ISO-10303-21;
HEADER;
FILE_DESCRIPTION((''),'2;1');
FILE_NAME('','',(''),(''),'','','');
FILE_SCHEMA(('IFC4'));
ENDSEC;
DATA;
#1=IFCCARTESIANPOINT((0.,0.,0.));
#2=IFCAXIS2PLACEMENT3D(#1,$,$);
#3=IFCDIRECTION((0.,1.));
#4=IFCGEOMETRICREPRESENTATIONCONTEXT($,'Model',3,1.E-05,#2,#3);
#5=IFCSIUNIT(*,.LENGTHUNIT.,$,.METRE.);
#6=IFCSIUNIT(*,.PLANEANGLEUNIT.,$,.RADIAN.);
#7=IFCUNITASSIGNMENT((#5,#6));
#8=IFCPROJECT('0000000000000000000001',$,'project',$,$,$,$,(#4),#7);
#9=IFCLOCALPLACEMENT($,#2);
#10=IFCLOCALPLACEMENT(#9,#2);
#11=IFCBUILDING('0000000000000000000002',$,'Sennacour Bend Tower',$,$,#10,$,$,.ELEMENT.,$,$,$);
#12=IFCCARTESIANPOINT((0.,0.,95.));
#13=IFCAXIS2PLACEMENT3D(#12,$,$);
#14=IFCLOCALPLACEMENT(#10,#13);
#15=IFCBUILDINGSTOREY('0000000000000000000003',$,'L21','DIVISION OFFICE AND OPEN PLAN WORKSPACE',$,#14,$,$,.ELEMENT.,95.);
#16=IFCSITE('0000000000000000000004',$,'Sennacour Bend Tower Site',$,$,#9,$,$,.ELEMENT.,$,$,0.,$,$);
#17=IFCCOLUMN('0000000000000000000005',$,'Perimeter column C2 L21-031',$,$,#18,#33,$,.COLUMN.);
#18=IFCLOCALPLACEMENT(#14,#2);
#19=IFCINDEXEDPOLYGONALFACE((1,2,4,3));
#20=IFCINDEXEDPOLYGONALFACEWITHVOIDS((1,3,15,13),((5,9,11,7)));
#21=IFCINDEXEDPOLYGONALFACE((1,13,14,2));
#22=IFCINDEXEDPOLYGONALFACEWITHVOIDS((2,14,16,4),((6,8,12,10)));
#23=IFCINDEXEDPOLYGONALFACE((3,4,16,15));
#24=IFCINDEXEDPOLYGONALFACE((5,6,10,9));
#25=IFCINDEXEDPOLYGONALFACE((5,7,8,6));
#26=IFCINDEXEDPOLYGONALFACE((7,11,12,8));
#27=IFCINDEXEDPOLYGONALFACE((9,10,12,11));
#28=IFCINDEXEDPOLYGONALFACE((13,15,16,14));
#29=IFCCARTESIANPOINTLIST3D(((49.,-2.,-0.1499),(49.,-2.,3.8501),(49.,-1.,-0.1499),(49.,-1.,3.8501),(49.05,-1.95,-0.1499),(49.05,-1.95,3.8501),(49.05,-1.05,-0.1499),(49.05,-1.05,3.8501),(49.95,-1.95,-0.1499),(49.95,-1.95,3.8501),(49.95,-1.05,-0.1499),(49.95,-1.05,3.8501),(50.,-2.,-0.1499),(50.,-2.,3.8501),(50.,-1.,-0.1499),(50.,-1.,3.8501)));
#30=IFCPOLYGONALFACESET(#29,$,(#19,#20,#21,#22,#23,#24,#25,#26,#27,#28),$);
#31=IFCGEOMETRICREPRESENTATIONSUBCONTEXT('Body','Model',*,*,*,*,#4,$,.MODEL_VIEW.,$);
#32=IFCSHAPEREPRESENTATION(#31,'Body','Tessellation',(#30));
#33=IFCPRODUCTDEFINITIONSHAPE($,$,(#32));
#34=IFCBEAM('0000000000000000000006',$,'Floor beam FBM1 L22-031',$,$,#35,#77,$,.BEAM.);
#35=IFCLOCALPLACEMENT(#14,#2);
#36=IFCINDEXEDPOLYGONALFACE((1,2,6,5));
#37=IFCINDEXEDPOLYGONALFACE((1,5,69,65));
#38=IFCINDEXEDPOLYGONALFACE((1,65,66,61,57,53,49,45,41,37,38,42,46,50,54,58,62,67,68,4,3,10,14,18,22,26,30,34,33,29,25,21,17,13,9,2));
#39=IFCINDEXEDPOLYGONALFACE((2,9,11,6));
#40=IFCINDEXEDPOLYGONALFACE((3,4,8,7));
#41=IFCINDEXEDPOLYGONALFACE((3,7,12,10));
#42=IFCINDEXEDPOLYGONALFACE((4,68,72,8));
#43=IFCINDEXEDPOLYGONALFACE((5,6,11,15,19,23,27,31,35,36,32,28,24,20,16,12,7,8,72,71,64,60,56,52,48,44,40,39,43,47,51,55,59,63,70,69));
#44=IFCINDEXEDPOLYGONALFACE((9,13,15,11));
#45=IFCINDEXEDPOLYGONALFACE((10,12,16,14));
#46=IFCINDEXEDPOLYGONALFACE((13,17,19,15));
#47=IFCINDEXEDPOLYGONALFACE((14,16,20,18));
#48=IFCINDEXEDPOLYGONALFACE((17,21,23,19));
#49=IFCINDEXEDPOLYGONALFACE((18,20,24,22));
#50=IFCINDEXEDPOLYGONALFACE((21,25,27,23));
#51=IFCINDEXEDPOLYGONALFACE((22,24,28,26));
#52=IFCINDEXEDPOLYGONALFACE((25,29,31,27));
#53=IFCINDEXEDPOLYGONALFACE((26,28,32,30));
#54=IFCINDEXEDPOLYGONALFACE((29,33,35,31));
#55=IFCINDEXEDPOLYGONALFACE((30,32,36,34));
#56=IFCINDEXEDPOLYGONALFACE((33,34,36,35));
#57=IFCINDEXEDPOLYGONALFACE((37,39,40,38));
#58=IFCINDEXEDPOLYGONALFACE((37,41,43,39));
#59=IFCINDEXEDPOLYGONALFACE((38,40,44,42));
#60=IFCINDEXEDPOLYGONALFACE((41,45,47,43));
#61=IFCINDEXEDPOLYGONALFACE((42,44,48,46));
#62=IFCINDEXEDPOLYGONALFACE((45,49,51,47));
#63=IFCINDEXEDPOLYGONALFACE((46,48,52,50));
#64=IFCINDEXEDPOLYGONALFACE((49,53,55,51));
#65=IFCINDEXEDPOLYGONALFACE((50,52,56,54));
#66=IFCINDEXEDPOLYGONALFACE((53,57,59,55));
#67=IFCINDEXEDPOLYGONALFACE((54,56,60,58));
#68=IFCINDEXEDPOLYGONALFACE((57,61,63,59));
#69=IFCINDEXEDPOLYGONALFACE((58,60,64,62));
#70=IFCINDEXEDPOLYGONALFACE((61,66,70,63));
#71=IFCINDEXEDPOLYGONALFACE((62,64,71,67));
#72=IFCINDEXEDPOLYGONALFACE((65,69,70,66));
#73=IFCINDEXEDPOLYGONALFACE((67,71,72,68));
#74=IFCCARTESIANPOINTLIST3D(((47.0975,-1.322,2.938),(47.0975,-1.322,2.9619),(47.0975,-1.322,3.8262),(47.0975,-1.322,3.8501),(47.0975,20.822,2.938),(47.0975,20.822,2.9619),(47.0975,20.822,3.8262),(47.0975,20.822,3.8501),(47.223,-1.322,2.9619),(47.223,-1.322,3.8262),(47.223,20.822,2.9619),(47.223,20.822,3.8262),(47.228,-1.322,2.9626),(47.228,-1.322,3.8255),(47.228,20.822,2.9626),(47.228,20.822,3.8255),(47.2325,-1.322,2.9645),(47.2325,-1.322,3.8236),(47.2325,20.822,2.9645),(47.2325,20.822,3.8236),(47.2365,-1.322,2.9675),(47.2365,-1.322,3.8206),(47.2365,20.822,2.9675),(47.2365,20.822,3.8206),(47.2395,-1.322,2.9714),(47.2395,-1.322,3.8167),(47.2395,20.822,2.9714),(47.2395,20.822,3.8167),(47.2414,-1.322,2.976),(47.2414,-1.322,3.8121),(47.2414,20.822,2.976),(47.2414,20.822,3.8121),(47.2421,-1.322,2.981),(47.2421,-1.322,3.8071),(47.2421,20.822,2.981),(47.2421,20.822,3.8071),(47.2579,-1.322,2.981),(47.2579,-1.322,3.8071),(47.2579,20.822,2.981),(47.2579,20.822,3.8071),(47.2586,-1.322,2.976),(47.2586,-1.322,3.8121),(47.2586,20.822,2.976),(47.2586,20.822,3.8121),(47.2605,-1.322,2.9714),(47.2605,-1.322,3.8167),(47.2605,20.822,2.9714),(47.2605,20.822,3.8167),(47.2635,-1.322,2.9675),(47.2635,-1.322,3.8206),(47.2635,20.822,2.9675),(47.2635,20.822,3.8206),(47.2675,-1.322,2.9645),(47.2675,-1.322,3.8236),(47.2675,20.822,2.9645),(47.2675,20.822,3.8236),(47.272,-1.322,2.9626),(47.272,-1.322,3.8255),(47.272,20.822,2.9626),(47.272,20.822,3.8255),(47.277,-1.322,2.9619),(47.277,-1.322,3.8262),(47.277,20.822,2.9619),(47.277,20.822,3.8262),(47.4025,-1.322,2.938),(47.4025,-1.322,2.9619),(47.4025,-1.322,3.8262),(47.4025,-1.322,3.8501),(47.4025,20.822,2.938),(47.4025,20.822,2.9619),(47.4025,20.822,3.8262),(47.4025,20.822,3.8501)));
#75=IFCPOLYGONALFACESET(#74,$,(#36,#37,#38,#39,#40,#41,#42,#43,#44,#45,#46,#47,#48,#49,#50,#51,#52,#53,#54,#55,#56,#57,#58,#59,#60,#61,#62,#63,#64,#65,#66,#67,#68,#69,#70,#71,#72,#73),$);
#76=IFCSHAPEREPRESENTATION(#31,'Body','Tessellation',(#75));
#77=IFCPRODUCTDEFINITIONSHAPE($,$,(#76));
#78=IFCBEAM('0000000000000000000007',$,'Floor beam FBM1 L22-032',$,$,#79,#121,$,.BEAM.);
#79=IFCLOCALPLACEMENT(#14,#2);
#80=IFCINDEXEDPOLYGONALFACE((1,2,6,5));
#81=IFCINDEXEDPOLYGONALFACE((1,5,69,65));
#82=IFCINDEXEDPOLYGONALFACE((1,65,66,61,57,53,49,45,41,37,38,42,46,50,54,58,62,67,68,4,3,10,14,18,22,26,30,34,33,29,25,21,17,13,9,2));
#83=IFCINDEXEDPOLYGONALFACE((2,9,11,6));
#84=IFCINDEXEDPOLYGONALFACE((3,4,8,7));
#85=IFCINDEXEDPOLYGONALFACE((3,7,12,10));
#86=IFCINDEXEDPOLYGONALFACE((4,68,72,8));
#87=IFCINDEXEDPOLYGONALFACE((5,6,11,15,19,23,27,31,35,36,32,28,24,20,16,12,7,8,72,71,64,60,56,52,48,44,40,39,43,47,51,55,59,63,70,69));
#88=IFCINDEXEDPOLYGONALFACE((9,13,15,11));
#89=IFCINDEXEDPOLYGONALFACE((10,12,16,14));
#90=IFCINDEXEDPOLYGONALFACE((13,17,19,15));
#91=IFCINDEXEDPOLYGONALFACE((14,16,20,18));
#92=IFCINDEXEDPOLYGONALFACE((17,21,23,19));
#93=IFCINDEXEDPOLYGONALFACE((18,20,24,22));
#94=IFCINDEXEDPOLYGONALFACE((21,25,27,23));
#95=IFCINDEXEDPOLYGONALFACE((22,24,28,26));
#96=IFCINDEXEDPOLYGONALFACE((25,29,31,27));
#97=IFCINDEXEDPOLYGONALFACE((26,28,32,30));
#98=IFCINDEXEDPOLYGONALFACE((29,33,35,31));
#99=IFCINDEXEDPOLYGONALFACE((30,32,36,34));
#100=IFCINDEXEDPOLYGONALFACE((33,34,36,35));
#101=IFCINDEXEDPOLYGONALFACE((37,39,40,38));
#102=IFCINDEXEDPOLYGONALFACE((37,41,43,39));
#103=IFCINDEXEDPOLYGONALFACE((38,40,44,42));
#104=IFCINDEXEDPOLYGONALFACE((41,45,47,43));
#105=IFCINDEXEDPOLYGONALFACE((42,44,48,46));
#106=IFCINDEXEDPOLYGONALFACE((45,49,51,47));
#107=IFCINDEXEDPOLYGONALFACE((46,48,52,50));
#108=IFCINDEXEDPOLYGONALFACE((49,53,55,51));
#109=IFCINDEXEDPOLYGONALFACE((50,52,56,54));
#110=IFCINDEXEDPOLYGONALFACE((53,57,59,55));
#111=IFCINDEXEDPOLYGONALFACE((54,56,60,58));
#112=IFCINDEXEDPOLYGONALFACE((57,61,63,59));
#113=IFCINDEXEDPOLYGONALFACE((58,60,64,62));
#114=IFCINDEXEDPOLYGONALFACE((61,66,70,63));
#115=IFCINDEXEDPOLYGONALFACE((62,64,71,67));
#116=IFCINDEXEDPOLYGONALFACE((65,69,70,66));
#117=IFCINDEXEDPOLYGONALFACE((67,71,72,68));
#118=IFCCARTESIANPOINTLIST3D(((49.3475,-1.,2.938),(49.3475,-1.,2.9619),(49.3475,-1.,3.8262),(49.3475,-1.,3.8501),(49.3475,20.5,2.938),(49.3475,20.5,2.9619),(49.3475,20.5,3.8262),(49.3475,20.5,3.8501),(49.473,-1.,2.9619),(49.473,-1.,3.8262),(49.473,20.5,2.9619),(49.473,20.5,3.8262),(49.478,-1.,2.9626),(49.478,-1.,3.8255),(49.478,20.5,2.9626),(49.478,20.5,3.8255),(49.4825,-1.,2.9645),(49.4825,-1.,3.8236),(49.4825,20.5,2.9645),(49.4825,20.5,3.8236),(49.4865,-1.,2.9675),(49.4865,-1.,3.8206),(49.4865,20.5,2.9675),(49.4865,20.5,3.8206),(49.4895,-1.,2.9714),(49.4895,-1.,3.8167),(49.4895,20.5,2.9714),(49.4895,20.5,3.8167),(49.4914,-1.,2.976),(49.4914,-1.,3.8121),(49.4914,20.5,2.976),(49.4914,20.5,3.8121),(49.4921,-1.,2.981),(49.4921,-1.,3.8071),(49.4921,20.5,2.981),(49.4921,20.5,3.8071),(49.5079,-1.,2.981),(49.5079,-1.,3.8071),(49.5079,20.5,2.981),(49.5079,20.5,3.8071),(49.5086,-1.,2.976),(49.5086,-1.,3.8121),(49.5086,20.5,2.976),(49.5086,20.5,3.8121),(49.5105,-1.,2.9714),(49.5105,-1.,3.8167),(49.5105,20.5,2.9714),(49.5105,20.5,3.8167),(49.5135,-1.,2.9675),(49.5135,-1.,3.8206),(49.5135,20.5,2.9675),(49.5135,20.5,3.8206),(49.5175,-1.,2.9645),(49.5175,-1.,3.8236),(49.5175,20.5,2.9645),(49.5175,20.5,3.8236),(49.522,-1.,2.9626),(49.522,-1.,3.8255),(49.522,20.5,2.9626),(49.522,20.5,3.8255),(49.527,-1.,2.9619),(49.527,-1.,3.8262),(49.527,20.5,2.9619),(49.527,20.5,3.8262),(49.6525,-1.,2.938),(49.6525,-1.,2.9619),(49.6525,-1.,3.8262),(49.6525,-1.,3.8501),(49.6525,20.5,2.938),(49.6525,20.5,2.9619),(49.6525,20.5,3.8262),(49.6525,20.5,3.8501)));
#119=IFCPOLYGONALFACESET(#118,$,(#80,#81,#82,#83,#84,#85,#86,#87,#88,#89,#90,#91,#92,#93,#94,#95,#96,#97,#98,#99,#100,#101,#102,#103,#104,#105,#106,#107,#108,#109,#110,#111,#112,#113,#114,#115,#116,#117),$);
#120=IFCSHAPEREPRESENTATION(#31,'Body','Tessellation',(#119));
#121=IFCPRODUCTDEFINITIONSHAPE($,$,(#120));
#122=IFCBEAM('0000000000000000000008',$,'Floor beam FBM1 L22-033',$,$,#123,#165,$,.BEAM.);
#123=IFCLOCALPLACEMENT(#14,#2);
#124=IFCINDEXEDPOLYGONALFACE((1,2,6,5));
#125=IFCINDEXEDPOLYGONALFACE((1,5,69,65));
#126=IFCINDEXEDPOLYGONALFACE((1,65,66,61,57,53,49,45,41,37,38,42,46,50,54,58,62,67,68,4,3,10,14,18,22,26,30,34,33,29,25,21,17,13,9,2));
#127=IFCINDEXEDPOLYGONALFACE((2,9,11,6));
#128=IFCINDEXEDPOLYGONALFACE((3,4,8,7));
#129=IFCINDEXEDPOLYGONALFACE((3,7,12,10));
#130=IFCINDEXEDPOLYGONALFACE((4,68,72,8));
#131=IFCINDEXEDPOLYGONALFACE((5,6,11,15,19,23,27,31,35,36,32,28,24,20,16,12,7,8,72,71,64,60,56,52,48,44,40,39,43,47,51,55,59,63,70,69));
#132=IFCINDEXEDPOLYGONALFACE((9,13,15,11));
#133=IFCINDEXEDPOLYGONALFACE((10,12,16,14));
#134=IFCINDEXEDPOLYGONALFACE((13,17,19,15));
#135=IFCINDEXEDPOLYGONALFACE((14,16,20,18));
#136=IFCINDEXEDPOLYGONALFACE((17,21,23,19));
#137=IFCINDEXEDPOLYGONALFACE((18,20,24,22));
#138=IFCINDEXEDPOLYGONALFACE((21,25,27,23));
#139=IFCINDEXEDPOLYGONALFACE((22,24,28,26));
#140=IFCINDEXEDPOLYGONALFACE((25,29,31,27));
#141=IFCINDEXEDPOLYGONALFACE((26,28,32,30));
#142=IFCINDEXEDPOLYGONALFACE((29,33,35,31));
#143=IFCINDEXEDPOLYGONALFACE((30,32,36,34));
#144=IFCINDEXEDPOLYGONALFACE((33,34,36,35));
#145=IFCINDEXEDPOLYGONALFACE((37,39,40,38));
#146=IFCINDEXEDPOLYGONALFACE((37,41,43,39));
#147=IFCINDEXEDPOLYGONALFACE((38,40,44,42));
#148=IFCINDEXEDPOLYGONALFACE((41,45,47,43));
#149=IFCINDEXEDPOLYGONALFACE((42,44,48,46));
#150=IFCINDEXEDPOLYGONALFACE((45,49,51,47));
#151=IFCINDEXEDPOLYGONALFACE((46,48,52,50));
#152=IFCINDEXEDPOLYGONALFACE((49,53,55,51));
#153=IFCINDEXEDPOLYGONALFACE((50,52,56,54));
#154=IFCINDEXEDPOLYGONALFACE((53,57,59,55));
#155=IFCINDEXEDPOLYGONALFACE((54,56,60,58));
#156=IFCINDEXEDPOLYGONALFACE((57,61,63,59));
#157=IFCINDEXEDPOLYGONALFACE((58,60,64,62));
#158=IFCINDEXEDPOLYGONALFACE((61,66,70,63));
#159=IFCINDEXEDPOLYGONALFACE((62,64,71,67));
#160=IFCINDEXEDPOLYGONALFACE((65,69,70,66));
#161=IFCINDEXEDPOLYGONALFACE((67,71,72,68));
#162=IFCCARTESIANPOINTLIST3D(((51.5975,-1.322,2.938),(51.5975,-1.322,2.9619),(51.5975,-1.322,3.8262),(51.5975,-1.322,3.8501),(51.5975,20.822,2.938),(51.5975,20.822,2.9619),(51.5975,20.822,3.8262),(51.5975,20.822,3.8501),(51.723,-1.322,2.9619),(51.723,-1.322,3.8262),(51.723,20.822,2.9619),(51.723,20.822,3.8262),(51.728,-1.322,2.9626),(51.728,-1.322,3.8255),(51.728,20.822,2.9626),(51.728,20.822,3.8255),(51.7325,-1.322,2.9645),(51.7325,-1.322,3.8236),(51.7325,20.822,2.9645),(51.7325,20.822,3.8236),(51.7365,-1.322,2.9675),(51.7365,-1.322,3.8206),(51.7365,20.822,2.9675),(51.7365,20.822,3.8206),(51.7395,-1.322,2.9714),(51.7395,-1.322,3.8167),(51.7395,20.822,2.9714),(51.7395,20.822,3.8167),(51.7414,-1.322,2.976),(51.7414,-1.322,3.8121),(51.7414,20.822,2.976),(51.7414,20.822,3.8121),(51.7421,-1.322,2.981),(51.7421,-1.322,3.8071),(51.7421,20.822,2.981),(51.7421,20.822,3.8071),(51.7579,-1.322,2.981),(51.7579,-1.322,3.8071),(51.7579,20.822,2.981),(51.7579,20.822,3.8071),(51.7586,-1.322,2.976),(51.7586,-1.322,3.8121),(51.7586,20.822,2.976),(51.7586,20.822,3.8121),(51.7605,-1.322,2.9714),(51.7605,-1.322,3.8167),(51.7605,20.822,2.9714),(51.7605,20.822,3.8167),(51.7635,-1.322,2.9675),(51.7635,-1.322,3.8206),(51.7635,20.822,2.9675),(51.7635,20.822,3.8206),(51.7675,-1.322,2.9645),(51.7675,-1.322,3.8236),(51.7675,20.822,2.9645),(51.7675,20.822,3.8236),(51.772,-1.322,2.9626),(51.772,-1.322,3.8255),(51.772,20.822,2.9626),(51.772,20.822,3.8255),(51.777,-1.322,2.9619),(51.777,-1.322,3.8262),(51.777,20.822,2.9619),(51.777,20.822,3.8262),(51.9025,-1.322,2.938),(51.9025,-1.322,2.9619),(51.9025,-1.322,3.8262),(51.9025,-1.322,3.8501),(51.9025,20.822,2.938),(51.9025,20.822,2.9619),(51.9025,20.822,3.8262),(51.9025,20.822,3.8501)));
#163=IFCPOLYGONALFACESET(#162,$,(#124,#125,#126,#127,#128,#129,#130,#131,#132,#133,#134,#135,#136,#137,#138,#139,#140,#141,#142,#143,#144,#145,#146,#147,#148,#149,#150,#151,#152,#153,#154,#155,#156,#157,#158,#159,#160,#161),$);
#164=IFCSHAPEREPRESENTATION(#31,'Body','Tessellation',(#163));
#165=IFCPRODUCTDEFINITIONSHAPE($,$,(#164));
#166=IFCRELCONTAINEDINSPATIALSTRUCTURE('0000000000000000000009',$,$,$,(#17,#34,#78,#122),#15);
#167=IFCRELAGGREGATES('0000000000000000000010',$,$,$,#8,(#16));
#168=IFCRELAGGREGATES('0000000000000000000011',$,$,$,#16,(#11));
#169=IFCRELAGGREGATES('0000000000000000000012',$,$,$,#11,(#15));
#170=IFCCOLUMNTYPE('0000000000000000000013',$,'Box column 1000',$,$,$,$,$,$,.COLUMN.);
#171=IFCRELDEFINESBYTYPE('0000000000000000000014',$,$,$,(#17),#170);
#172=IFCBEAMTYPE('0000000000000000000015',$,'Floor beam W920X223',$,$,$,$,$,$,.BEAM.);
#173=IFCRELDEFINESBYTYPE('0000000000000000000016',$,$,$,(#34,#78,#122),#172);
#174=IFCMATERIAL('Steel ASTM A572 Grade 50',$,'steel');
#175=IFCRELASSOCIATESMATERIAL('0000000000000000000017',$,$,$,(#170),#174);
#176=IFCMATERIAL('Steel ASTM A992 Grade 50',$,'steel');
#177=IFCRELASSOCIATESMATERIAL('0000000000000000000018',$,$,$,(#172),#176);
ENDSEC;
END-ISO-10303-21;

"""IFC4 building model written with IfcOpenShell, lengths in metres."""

from ifc_helpers import new_model, si_unit, direction, frame, origin, origin_2d, place, context, subcontext, project, spatial, hollow_rectangle, i_section, extrude, material, material_profile, profile_set, type_object, element, save


model = new_model("IFC4")

# Units and contexts
model_context = context("Model", 3, precision=1e-05, world=origin(), true_north=direction((0.0, 1.0)))
body_context = subcontext(model_context, "Body", "Model", "MODEL_VIEW")
ifc_project = project(units=[si_unit("LENGTHUNIT", "METRE"), si_unit("PLANEANGLEUNIT", "RADIAN")], contexts=[model_context])

# Site, building, storey
site_placement = place(None, origin())
site = spatial("IfcSite", under=ifc_project, at=site_placement, Name="Sennacour Bend Tower Site", CompositionType="ELEMENT", RefElevation=0.0)
building_placement = place(site_placement, origin())
building = spatial("IfcBuilding", under=site, at=building_placement, Name="Sennacour Bend Tower", CompositionType="ELEMENT")
storey_placement = place(building_placement, frame((0.0, 0.0, 95.0)))
storey = spatial("IfcBuildingStorey", under=building, at=storey_placement, Name="L21", Description="DIVISION OFFICE AND OPEN PLAN WORKSPACE", CompositionType="ELEMENT", Elevation=95.0)

# Column
ifc_material_1 = material(Name="Steel ASTM A572 Grade 50", Category="steel")
ifc_material_profile_1 = material_profile(ifc_material_1, hollow_rectangle(XDim=1.0, YDim=1.0, WallThickness=0.05, at=origin_2d()), Name="Steel ASTM A572 Grade 50", Category="steel")
ifc_profile_set_1 = profile_set([ifc_material_profile_1], Name="Steel ASTM A572 Grade 50")
column_type = type_object("IfcColumnType", Name="Box column 1000", PredefinedType="COLUMN", material=ifc_profile_set_1)
column_placement = place(storey_placement, frame((49.5, -1.5, -0.1499), z_axis=(0.0, 0.0, 1.0), x_axis=(1.0, 0.0, 0.0)))
element("IfcColumn", 1, at=column_placement, inside=storey, type_object=column_type, Name="Perimeter column C2 L21-031", PredefinedType="COLUMN", context=body_context, shape_type="SweptSolid", body=[
    extrude(hollow_rectangle(XDim=1.0, YDim=1.0, WallThickness=0.05, at=origin_2d()), origin(), (0.0, 0.0, 1.0), 4.0),
])

# Beams
ifc_material_2 = material(Name="Steel ASTM A992 Grade 50", Category="steel")
ifc_material_profile_2 = material_profile(ifc_material_2, i_section(OverallWidth=0.3049, OverallDepth=0.9121, WebThickness=0.0159, FlangeThickness=0.0239, FilletRadius=0.019, at=origin_2d()), Name="Steel ASTM A992 Grade 50", Category="steel")
ifc_profile_set_2 = profile_set([ifc_material_profile_2], Name="Steel ASTM A992 Grade 50")
beam_type_1 = type_object("IfcBeamType", Name="Floor beam W920X223", PredefinedType="BEAM", material=ifc_profile_set_2)
beam_1_placement = place(storey_placement, frame((47.25, -1.322, 3.394), z_axis=(0.0, 1.0, 0.0), x_axis=(-1.0, 0.0, 0.0)))
element("IfcBeam", 2, at=beam_1_placement, inside=storey, type_object=beam_type_1, Name="Floor beam FBM1 L22-031", PredefinedType="BEAM", context=body_context, shape_type="SweptSolid", body=[
    extrude(i_section(OverallWidth=0.3049, OverallDepth=0.9121, WebThickness=0.0159, FlangeThickness=0.0239, FilletRadius=0.019, at=origin_2d()), origin(), (0.0, 0.0, 1.0), 22.144),
])
beam_2_placement = place(storey_placement, frame((49.5, -1.0, 3.394), z_axis=(0.0, 1.0, 0.0), x_axis=(-1.0, 0.0, 0.0)))
element("IfcBeam", 3, at=beam_2_placement, inside=storey, type_object=beam_type_1, Name="Floor beam FBM1 L22-032", PredefinedType="BEAM", context=body_context, shape_type="SweptSolid", body=[
    extrude(i_section(OverallWidth=0.3049, OverallDepth=0.9121, WebThickness=0.0159, FlangeThickness=0.0239, FilletRadius=0.019, at=origin_2d()), origin(), (0.0, 0.0, 1.0), 21.5),
])
beam_3_placement = place(storey_placement, frame((51.75, -1.322, 3.394), z_axis=(0.0, 1.0, 0.0), x_axis=(-1.0, 0.0, 0.0)))
element("IfcBeam", 4, at=beam_3_placement, inside=storey, type_object=beam_type_1, Name="Floor beam FBM1 L22-033", PredefinedType="BEAM", context=body_context, shape_type="SweptSolid", body=[
    extrude(i_section(OverallWidth=0.3049, OverallDepth=0.9121, WebThickness=0.0159, FlangeThickness=0.0239, FilletRadius=0.019, at=origin_2d()), origin(), (0.0, 0.0, 1.0), 22.144),
])

save(model, "model.ifc")
